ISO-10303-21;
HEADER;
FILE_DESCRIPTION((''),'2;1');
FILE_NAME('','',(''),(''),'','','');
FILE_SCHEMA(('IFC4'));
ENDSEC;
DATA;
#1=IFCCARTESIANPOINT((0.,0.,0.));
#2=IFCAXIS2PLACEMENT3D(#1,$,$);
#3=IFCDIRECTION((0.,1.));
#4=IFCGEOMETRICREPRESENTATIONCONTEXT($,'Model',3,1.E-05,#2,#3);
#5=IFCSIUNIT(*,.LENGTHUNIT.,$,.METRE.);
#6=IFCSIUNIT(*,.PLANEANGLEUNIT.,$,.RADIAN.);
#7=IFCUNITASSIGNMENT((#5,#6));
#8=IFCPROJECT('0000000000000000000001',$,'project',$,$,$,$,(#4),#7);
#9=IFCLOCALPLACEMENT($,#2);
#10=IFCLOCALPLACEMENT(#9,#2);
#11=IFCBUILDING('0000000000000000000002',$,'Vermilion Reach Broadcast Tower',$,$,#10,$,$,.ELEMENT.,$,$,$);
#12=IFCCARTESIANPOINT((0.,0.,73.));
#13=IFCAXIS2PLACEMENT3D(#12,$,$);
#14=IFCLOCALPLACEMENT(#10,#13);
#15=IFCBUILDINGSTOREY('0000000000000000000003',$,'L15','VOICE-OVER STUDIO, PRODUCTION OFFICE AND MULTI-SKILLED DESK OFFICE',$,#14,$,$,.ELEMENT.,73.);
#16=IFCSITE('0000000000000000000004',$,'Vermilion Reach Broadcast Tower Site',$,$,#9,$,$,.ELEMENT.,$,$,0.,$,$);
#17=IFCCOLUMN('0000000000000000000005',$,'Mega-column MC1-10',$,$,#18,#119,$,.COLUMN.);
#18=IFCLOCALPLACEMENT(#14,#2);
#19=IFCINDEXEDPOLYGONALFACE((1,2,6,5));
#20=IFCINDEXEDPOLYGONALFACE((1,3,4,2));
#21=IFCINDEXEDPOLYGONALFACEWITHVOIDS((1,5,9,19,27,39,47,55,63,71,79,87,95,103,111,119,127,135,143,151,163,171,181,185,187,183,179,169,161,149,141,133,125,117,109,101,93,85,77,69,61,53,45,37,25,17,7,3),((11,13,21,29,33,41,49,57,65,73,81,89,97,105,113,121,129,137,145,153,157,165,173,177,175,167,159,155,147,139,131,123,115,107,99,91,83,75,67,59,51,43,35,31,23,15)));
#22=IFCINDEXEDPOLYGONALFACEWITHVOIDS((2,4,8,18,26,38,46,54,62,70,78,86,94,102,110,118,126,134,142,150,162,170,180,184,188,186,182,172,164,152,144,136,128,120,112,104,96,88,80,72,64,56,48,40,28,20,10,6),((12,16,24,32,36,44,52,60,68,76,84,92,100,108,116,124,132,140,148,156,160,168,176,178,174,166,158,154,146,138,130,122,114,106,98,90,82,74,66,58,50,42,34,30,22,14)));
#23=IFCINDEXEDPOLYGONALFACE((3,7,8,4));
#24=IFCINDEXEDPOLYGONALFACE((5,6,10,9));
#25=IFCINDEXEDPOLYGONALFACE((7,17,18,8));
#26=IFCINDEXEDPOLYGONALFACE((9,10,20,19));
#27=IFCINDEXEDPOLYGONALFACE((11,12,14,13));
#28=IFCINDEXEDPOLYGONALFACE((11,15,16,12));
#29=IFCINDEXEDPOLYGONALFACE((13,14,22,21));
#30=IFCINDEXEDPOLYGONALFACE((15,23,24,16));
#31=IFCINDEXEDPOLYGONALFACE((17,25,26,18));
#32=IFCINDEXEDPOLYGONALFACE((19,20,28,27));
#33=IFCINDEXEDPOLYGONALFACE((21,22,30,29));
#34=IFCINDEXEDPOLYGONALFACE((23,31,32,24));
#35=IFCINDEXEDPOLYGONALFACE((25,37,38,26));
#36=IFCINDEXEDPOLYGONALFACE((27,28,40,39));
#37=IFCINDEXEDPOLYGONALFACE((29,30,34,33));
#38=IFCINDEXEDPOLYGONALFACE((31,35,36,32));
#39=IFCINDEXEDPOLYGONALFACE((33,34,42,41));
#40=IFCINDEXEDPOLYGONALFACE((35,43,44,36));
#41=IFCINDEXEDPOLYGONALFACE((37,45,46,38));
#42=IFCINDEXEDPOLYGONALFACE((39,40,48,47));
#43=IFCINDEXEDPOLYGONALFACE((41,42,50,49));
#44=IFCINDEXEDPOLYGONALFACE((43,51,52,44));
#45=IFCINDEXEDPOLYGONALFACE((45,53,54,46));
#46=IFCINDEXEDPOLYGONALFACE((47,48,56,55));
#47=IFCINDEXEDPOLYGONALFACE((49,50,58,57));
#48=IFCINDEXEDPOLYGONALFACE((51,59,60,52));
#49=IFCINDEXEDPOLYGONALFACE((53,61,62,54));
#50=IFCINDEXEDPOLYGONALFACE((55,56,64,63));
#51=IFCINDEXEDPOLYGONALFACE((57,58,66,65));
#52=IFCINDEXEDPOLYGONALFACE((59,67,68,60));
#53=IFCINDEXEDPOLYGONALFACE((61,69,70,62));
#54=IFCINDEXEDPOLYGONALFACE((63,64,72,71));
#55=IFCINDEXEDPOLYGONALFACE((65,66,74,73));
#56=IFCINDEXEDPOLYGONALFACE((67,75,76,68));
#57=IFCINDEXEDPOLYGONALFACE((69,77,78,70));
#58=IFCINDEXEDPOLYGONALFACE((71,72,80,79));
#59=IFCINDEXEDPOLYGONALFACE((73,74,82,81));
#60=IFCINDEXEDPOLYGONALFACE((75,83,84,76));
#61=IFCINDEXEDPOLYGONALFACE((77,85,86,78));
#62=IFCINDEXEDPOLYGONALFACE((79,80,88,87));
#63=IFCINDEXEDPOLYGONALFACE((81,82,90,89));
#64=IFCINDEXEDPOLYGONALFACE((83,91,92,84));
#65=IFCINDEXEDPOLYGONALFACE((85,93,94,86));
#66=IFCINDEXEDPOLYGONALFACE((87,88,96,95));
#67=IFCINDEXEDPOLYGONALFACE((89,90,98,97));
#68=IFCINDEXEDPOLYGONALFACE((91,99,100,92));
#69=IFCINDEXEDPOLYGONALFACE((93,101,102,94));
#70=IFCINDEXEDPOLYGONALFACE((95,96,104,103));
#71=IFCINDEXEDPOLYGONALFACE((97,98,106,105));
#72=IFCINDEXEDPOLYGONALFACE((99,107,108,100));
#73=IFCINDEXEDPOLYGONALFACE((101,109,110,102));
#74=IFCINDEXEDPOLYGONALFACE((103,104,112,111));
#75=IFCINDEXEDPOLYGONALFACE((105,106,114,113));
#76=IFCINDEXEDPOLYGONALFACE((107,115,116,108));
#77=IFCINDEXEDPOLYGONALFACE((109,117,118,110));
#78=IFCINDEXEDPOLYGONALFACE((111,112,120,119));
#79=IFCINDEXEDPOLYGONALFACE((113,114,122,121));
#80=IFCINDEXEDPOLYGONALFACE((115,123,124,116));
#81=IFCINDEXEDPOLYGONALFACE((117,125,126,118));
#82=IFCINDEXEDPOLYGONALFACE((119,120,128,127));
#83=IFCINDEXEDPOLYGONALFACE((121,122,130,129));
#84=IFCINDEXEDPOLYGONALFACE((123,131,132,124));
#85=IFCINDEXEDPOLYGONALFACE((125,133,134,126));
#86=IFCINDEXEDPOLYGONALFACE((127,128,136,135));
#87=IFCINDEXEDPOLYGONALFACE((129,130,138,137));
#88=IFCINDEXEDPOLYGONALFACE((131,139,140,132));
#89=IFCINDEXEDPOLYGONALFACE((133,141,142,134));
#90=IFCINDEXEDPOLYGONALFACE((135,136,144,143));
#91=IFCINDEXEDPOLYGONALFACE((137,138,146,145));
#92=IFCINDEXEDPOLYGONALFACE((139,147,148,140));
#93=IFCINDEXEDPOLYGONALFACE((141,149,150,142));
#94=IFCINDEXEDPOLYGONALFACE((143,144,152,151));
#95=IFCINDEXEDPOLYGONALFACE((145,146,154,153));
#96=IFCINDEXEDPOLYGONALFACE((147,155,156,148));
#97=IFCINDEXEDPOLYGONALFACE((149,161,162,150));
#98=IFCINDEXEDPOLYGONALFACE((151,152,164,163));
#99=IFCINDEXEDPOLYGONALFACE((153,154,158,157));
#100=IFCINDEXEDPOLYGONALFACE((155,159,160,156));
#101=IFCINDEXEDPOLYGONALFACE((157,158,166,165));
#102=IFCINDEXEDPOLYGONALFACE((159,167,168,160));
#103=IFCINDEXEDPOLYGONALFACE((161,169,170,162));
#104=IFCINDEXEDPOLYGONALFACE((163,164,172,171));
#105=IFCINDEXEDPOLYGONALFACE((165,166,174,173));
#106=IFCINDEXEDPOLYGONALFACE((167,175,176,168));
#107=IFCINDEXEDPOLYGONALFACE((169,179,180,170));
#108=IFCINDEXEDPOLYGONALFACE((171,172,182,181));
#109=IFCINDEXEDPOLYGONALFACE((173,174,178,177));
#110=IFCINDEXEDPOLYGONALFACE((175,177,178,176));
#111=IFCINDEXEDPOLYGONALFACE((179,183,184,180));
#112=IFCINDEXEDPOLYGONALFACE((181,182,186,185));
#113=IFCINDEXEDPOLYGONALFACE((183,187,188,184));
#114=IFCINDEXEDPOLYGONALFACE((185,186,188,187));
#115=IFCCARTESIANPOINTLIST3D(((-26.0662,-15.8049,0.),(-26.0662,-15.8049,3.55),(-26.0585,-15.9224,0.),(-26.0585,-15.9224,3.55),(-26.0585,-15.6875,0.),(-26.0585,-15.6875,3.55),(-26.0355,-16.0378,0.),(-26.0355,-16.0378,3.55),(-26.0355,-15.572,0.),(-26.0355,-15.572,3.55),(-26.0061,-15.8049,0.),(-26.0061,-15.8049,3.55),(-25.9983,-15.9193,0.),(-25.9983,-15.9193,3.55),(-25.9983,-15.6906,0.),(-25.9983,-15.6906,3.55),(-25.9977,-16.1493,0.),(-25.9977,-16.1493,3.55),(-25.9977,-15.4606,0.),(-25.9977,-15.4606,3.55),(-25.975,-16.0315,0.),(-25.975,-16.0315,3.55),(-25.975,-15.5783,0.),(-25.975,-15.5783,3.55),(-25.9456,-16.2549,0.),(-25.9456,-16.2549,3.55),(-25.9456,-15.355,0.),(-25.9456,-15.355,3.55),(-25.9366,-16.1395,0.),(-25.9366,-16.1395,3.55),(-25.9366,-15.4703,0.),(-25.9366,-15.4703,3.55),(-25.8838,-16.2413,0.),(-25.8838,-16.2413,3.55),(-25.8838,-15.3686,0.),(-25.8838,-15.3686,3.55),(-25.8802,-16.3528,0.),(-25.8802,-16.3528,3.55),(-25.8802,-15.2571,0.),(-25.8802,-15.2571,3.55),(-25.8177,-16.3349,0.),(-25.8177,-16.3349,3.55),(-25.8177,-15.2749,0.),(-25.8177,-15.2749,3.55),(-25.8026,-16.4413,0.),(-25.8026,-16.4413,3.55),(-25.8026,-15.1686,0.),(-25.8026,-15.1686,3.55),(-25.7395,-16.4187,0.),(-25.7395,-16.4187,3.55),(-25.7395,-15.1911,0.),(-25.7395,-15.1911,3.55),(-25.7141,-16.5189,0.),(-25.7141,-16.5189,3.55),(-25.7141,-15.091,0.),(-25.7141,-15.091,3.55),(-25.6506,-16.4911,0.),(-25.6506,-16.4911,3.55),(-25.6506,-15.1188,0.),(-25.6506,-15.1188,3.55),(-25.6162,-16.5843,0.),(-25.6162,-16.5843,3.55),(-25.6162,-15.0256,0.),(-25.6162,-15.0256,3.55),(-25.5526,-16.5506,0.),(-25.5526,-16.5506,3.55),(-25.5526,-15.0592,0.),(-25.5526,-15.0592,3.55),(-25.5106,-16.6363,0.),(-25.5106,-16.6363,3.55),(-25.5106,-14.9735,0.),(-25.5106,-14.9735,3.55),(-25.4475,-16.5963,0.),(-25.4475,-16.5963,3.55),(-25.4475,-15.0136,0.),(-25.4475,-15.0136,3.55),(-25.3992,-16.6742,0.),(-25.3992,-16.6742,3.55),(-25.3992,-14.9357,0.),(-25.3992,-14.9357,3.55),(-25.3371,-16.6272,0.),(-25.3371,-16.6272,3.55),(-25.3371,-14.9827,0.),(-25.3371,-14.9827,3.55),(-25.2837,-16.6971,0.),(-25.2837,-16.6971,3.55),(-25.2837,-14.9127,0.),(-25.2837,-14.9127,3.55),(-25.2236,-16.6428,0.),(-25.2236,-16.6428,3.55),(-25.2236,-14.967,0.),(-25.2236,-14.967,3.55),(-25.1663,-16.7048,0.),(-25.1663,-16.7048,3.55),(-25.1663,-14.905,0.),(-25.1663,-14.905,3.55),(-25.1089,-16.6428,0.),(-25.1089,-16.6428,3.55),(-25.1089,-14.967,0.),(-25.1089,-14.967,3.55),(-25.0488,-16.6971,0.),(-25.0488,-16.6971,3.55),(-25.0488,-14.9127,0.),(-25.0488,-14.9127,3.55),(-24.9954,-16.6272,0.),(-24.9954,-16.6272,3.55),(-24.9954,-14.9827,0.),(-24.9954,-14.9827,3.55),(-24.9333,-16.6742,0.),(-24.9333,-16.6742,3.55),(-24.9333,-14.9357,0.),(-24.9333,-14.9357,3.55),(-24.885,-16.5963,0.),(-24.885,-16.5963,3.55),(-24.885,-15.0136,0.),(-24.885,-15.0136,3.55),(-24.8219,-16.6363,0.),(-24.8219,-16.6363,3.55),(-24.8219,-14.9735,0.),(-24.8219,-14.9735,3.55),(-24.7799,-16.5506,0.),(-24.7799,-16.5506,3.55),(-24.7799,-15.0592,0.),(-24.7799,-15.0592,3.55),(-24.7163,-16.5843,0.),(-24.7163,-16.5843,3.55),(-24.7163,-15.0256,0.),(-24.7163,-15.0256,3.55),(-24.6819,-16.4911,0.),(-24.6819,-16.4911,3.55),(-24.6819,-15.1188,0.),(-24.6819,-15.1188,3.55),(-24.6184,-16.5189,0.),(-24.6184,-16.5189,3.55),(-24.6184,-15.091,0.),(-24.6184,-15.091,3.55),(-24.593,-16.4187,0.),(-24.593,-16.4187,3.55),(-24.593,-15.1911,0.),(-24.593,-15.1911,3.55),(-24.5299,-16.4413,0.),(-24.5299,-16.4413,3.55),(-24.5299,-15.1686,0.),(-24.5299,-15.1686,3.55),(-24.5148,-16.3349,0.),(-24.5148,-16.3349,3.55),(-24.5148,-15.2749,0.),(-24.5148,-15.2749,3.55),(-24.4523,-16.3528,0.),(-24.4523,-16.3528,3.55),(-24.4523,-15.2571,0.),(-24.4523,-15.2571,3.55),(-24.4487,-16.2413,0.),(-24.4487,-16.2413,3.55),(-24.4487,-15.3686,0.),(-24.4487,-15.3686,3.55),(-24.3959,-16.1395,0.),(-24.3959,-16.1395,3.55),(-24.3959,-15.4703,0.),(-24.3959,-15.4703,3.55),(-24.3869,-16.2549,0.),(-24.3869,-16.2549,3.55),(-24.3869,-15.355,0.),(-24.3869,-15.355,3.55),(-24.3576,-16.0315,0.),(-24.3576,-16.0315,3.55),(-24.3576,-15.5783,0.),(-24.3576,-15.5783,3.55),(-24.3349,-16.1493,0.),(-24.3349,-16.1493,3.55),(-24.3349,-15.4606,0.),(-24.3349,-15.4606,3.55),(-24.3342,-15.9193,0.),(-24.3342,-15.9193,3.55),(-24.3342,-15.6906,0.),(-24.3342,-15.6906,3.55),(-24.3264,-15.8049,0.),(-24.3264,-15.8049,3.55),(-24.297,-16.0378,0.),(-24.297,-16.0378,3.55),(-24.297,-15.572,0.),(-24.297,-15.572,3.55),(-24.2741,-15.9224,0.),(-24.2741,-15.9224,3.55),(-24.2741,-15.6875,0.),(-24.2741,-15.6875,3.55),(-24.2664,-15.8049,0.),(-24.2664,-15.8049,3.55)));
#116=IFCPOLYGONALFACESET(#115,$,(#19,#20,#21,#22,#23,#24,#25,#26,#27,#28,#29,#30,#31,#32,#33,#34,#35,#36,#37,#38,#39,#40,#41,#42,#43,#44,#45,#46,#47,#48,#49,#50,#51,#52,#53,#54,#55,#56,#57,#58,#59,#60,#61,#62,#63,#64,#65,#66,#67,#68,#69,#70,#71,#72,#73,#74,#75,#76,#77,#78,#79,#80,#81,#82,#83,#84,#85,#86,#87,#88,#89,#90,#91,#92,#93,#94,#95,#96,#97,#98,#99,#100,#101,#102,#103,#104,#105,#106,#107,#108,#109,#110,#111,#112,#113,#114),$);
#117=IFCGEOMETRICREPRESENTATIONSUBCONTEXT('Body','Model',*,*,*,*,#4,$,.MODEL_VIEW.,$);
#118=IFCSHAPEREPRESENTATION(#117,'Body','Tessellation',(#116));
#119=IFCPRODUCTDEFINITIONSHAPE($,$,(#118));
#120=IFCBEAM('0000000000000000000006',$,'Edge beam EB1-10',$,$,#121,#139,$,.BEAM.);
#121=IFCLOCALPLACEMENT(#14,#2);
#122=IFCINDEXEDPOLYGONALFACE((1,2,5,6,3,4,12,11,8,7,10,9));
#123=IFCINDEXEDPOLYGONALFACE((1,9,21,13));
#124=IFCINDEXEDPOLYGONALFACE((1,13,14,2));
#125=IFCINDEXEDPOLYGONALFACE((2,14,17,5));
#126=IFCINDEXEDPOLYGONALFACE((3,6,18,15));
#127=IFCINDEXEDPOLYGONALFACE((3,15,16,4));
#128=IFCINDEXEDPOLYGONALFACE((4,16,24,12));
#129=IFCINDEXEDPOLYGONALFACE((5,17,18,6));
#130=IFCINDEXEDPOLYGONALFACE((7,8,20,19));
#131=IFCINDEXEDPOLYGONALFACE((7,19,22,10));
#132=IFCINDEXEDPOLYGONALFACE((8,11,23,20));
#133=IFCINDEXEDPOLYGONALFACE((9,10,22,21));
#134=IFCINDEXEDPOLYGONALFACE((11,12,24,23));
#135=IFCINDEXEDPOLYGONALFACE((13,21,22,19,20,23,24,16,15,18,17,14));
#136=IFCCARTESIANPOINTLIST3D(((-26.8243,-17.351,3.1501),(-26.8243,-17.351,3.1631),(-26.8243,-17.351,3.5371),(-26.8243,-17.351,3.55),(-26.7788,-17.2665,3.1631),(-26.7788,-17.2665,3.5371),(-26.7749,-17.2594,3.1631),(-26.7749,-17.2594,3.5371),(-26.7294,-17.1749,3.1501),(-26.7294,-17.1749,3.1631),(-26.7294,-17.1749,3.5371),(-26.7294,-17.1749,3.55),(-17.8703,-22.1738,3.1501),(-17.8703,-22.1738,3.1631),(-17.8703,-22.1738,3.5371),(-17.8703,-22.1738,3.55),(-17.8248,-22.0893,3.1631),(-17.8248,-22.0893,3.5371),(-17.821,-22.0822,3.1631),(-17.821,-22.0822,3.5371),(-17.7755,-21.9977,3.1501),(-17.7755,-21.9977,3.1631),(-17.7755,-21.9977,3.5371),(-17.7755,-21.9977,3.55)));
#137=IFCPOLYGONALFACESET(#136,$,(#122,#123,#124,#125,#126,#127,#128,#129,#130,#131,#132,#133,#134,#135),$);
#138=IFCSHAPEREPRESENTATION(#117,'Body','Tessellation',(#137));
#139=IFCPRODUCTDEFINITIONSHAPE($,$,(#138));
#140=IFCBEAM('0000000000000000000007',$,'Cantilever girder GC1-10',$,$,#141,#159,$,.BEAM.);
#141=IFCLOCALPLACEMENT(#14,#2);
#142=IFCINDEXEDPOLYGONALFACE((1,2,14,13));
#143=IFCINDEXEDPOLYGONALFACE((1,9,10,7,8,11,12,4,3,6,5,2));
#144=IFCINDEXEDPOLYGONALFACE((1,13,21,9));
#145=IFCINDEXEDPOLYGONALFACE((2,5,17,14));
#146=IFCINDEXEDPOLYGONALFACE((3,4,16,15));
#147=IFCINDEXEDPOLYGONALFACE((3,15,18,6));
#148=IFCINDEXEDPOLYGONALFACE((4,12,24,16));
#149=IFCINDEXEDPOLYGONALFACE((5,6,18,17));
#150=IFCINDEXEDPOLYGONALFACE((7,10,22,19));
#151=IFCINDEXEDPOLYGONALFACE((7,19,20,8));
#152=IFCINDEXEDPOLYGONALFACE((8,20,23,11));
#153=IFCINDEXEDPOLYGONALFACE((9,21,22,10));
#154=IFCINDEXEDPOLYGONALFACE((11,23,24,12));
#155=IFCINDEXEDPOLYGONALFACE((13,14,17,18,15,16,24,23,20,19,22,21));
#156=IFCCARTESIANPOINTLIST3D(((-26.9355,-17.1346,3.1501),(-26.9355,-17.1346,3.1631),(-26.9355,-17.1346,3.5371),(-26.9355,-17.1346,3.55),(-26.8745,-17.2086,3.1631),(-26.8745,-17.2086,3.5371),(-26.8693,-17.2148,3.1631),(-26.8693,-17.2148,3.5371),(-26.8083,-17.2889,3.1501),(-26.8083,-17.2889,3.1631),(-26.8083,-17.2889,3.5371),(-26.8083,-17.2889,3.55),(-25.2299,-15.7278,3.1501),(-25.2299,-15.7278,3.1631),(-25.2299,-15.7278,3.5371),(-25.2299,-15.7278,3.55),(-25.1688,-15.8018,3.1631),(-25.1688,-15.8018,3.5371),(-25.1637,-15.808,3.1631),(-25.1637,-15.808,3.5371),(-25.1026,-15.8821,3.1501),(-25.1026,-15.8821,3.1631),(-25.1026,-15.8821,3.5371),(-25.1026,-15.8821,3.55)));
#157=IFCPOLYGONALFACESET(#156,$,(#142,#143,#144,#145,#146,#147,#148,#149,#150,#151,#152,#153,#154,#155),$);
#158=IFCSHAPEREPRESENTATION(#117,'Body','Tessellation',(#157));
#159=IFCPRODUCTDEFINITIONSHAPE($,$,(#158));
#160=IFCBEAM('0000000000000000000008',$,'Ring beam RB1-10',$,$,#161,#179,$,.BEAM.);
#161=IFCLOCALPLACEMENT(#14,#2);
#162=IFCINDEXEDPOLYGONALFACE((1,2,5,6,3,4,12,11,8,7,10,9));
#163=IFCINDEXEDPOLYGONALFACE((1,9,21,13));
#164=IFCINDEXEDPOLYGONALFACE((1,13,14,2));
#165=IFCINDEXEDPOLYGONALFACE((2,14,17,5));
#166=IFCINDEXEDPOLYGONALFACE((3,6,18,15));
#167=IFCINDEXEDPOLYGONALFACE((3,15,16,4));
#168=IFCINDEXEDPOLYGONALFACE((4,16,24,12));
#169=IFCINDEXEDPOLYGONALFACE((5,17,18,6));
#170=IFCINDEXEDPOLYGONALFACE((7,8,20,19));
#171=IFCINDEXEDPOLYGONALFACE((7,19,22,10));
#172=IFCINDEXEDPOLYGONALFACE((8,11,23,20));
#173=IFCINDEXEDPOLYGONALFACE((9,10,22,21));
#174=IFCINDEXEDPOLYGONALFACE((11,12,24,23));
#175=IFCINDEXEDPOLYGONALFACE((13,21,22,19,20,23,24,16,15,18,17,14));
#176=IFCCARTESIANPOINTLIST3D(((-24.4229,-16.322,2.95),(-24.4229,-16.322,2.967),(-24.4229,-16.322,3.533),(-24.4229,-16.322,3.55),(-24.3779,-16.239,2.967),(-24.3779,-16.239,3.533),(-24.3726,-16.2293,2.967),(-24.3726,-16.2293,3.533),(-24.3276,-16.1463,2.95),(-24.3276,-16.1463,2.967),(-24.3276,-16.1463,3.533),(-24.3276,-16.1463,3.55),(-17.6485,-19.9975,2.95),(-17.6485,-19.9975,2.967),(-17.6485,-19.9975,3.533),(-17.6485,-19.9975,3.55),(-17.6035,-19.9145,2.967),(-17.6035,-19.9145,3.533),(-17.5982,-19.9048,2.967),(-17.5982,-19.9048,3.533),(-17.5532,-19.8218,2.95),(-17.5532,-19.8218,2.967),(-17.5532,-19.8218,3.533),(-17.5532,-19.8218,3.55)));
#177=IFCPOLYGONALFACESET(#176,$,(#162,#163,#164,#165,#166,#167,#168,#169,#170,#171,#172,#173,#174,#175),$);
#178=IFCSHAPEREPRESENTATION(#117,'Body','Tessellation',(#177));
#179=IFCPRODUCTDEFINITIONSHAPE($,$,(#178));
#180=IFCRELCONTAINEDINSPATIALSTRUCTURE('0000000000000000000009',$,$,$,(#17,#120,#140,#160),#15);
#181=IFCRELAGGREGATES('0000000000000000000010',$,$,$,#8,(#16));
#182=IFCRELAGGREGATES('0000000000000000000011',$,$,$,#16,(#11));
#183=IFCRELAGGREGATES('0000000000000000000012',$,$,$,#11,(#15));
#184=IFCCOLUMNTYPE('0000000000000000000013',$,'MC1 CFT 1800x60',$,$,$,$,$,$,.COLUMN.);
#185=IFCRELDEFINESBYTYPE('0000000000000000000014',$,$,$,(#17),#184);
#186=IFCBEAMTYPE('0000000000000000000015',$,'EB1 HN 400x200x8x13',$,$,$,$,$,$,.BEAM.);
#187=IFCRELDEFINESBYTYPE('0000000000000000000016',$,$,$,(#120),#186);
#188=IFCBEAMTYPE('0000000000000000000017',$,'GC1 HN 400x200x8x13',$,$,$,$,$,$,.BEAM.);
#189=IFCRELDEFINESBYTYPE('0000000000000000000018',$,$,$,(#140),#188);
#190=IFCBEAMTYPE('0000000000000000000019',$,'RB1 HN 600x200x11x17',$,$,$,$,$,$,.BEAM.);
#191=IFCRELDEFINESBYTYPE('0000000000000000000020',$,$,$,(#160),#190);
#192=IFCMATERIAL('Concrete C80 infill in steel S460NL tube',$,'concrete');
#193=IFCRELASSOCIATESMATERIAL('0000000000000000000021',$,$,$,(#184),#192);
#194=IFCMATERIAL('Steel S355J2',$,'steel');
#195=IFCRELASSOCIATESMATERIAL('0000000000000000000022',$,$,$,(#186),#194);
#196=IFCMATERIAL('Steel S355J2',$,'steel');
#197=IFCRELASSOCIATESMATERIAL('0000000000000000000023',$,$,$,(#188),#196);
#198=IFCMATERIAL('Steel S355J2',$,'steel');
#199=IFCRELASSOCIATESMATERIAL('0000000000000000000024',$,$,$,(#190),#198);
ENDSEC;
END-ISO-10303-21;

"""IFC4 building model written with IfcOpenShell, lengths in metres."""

from ifc_helpers import new_model, si_unit, direction, frame, origin, origin_2d, place, context, subcontext, project, spatial, hollow_circle, i_section, extrude, material, material_profile, profile_set, type_object, element, save


model = new_model("IFC4")

# Units and contexts
model_context = context("Model", 3, precision=1e-05, world=origin(), true_north=direction((0.0, 1.0)))
body_context = subcontext(model_context, "Body", "Model", "MODEL_VIEW")
ifc_project = project(units=[si_unit("LENGTHUNIT", "METRE"), si_unit("PLANEANGLEUNIT", "RADIAN")], contexts=[model_context])

# Site, building, storey
site_placement = place(None, origin())
site = spatial("IfcSite", under=ifc_project, at=site_placement, Name="Vermilion Reach Broadcast Tower Site", CompositionType="ELEMENT", RefElevation=0.0)
building_placement = place(site_placement, origin())
building = spatial("IfcBuilding", under=site, at=building_placement, Name="Vermilion Reach Broadcast Tower", CompositionType="ELEMENT")
storey_placement = place(building_placement, frame((0.0, 0.0, 73.0)))
storey = spatial("IfcBuildingStorey", under=building, at=storey_placement, Name="L15", Description="VOICE-OVER STUDIO, PRODUCTION OFFICE AND MULTI-SKILLED DESK OFFICE", CompositionType="ELEMENT", Elevation=73.0)

# Column
ifc_material_1 = material(Name="Concrete C80 infill in steel S460NL tube", Category="concrete")
ifc_material_profile_1 = material_profile(ifc_material_1, hollow_circle(Radius=0.8999, WallThickness=0.0601, at=origin_2d()), Name="Concrete C80 infill in steel S460NL tube CFT 1800x60")
ifc_profile_set_1 = profile_set([ifc_material_profile_1], Name="Concrete C80 infill in steel S460NL tube")
column_type = type_object("IfcColumnType", Name="MC1 CFT 1800x60", PredefinedType="COLUMN", material=ifc_profile_set_1)
column_placement = place(storey_placement, frame((-25.1663, -15.8049, 0.0), z_axis=(0.0, 0.0, 1.0), x_axis=(1.0, 0.0, 0.0)))
element("IfcColumn", 1, at=column_placement, inside=storey, type_object=column_type, Name="Mega-column MC1-10", PredefinedType="COLUMN", context=body_context, shape_type="SweptSolid", body=[
    extrude(hollow_circle(Radius=0.8999, WallThickness=0.0601, at=origin_2d()), origin(), (0.0, 0.0, 1.0), 3.55),
])

# Beams
ifc_material_2 = material(Name="Steel S355J2", Category="steel")
ifc_material_profile_2 = material_profile(ifc_material_2, i_section(OverallWidth=0.2, OverallDepth=0.3999, WebThickness=0.0081, FlangeThickness=0.0129, at=origin_2d()), Name="S355J2 HN 400x200x8x13")
ifc_profile_set_2 = profile_set([ifc_material_profile_2], Name="Steel S355J2")
beam_type_1 = type_object("IfcBeamType", Name="EB1 HN 400x200x8x13", PredefinedType="BEAM", material=ifc_profile_set_2)
beam_1_placement = place(storey_placement, frame((-26.7769, -17.2629, 3.3501), z_axis=(0.880412, -0.47421, 0.0), x_axis=(0.47421, 0.880412, 0.0)))
element("IfcBeam", 2, at=beam_1_placement, inside=storey, type_object=beam_type_1, Name="Edge beam EB1-10", PredefinedType="BEAM", context=body_context, shape_type="SweptSolid", body=[
    extrude(i_section(OverallWidth=0.2, OverallDepth=0.3999, WebThickness=0.0081, FlangeThickness=0.0129, at=origin_2d()), origin(), (0.0, 0.0, 1.0), 10.1702),
])
ifc_material_3 = material(Name="Steel S355J2", Category="steel")
ifc_material_profile_3 = material_profile(ifc_material_3, i_section(OverallWidth=0.2, OverallDepth=0.3999, WebThickness=0.0081, FlangeThickness=0.0129, at=origin_2d()), Name="S355J2 HN 400x200x8x13")
ifc_profile_set_3 = profile_set([ifc_material_profile_3], Name="Steel S355J2")
beam_type_2 = type_object("IfcBeamType", Name="GC1 HN 400x200x8x13", PredefinedType="BEAM", material=ifc_profile_set_3)
beam_2_placement = place(storey_placement, frame((-25.1663, -15.8049, 3.3501), z_axis=(-0.771452, -0.636288, 0.0), x_axis=(0.636288, -0.771452, 0.0)))
element("IfcBeam", 3, at=beam_2_placement, inside=storey, type_object=beam_type_2, Name="Cantilever girder GC1-10", PredefinedType="BEAM", context=body_context, shape_type="SweptSolid", body=[
    extrude(i_section(OverallWidth=0.2, OverallDepth=0.3999, WebThickness=0.0081, FlangeThickness=0.0129, at=origin_2d()), origin(), (0.0, 0.0, 1.0), 2.2109),
])
ifc_material_4 = material(Name="Steel S355J2", Category="steel")
ifc_material_profile_4 = material_profile(ifc_material_4, i_section(OverallWidth=0.2, OverallDepth=0.6001, WebThickness=0.011, FlangeThickness=0.0171, at=origin_2d()), Name="S355J2 HN 600x200x11x17")
ifc_profile_set_4 = profile_set([ifc_material_profile_4], Name="Steel S355J2")
beam_type_3 = type_object("IfcBeamType", Name="RB1 HN 600x200x11x17", PredefinedType="BEAM", material=ifc_profile_set_4)
beam_3_placement = place(storey_placement, frame((-24.3752, -16.2341, 3.25), z_axis=(0.878962, -0.476891, 0.0), x_axis=(0.476891, 0.878962, 0.0)))
element("IfcBeam", 4, at=beam_3_placement, inside=storey, type_object=beam_type_3, Name="Ring beam RB1-10", PredefinedType="BEAM", context=body_context, shape_type="SweptSolid", body=[
    extrude(i_section(OverallWidth=0.2, OverallDepth=0.6001, WebThickness=0.011, FlangeThickness=0.0171, at=origin_2d()), origin(), (0.0, 0.0, 1.0), 7.7073),
])

save(model, "model.ifc")
